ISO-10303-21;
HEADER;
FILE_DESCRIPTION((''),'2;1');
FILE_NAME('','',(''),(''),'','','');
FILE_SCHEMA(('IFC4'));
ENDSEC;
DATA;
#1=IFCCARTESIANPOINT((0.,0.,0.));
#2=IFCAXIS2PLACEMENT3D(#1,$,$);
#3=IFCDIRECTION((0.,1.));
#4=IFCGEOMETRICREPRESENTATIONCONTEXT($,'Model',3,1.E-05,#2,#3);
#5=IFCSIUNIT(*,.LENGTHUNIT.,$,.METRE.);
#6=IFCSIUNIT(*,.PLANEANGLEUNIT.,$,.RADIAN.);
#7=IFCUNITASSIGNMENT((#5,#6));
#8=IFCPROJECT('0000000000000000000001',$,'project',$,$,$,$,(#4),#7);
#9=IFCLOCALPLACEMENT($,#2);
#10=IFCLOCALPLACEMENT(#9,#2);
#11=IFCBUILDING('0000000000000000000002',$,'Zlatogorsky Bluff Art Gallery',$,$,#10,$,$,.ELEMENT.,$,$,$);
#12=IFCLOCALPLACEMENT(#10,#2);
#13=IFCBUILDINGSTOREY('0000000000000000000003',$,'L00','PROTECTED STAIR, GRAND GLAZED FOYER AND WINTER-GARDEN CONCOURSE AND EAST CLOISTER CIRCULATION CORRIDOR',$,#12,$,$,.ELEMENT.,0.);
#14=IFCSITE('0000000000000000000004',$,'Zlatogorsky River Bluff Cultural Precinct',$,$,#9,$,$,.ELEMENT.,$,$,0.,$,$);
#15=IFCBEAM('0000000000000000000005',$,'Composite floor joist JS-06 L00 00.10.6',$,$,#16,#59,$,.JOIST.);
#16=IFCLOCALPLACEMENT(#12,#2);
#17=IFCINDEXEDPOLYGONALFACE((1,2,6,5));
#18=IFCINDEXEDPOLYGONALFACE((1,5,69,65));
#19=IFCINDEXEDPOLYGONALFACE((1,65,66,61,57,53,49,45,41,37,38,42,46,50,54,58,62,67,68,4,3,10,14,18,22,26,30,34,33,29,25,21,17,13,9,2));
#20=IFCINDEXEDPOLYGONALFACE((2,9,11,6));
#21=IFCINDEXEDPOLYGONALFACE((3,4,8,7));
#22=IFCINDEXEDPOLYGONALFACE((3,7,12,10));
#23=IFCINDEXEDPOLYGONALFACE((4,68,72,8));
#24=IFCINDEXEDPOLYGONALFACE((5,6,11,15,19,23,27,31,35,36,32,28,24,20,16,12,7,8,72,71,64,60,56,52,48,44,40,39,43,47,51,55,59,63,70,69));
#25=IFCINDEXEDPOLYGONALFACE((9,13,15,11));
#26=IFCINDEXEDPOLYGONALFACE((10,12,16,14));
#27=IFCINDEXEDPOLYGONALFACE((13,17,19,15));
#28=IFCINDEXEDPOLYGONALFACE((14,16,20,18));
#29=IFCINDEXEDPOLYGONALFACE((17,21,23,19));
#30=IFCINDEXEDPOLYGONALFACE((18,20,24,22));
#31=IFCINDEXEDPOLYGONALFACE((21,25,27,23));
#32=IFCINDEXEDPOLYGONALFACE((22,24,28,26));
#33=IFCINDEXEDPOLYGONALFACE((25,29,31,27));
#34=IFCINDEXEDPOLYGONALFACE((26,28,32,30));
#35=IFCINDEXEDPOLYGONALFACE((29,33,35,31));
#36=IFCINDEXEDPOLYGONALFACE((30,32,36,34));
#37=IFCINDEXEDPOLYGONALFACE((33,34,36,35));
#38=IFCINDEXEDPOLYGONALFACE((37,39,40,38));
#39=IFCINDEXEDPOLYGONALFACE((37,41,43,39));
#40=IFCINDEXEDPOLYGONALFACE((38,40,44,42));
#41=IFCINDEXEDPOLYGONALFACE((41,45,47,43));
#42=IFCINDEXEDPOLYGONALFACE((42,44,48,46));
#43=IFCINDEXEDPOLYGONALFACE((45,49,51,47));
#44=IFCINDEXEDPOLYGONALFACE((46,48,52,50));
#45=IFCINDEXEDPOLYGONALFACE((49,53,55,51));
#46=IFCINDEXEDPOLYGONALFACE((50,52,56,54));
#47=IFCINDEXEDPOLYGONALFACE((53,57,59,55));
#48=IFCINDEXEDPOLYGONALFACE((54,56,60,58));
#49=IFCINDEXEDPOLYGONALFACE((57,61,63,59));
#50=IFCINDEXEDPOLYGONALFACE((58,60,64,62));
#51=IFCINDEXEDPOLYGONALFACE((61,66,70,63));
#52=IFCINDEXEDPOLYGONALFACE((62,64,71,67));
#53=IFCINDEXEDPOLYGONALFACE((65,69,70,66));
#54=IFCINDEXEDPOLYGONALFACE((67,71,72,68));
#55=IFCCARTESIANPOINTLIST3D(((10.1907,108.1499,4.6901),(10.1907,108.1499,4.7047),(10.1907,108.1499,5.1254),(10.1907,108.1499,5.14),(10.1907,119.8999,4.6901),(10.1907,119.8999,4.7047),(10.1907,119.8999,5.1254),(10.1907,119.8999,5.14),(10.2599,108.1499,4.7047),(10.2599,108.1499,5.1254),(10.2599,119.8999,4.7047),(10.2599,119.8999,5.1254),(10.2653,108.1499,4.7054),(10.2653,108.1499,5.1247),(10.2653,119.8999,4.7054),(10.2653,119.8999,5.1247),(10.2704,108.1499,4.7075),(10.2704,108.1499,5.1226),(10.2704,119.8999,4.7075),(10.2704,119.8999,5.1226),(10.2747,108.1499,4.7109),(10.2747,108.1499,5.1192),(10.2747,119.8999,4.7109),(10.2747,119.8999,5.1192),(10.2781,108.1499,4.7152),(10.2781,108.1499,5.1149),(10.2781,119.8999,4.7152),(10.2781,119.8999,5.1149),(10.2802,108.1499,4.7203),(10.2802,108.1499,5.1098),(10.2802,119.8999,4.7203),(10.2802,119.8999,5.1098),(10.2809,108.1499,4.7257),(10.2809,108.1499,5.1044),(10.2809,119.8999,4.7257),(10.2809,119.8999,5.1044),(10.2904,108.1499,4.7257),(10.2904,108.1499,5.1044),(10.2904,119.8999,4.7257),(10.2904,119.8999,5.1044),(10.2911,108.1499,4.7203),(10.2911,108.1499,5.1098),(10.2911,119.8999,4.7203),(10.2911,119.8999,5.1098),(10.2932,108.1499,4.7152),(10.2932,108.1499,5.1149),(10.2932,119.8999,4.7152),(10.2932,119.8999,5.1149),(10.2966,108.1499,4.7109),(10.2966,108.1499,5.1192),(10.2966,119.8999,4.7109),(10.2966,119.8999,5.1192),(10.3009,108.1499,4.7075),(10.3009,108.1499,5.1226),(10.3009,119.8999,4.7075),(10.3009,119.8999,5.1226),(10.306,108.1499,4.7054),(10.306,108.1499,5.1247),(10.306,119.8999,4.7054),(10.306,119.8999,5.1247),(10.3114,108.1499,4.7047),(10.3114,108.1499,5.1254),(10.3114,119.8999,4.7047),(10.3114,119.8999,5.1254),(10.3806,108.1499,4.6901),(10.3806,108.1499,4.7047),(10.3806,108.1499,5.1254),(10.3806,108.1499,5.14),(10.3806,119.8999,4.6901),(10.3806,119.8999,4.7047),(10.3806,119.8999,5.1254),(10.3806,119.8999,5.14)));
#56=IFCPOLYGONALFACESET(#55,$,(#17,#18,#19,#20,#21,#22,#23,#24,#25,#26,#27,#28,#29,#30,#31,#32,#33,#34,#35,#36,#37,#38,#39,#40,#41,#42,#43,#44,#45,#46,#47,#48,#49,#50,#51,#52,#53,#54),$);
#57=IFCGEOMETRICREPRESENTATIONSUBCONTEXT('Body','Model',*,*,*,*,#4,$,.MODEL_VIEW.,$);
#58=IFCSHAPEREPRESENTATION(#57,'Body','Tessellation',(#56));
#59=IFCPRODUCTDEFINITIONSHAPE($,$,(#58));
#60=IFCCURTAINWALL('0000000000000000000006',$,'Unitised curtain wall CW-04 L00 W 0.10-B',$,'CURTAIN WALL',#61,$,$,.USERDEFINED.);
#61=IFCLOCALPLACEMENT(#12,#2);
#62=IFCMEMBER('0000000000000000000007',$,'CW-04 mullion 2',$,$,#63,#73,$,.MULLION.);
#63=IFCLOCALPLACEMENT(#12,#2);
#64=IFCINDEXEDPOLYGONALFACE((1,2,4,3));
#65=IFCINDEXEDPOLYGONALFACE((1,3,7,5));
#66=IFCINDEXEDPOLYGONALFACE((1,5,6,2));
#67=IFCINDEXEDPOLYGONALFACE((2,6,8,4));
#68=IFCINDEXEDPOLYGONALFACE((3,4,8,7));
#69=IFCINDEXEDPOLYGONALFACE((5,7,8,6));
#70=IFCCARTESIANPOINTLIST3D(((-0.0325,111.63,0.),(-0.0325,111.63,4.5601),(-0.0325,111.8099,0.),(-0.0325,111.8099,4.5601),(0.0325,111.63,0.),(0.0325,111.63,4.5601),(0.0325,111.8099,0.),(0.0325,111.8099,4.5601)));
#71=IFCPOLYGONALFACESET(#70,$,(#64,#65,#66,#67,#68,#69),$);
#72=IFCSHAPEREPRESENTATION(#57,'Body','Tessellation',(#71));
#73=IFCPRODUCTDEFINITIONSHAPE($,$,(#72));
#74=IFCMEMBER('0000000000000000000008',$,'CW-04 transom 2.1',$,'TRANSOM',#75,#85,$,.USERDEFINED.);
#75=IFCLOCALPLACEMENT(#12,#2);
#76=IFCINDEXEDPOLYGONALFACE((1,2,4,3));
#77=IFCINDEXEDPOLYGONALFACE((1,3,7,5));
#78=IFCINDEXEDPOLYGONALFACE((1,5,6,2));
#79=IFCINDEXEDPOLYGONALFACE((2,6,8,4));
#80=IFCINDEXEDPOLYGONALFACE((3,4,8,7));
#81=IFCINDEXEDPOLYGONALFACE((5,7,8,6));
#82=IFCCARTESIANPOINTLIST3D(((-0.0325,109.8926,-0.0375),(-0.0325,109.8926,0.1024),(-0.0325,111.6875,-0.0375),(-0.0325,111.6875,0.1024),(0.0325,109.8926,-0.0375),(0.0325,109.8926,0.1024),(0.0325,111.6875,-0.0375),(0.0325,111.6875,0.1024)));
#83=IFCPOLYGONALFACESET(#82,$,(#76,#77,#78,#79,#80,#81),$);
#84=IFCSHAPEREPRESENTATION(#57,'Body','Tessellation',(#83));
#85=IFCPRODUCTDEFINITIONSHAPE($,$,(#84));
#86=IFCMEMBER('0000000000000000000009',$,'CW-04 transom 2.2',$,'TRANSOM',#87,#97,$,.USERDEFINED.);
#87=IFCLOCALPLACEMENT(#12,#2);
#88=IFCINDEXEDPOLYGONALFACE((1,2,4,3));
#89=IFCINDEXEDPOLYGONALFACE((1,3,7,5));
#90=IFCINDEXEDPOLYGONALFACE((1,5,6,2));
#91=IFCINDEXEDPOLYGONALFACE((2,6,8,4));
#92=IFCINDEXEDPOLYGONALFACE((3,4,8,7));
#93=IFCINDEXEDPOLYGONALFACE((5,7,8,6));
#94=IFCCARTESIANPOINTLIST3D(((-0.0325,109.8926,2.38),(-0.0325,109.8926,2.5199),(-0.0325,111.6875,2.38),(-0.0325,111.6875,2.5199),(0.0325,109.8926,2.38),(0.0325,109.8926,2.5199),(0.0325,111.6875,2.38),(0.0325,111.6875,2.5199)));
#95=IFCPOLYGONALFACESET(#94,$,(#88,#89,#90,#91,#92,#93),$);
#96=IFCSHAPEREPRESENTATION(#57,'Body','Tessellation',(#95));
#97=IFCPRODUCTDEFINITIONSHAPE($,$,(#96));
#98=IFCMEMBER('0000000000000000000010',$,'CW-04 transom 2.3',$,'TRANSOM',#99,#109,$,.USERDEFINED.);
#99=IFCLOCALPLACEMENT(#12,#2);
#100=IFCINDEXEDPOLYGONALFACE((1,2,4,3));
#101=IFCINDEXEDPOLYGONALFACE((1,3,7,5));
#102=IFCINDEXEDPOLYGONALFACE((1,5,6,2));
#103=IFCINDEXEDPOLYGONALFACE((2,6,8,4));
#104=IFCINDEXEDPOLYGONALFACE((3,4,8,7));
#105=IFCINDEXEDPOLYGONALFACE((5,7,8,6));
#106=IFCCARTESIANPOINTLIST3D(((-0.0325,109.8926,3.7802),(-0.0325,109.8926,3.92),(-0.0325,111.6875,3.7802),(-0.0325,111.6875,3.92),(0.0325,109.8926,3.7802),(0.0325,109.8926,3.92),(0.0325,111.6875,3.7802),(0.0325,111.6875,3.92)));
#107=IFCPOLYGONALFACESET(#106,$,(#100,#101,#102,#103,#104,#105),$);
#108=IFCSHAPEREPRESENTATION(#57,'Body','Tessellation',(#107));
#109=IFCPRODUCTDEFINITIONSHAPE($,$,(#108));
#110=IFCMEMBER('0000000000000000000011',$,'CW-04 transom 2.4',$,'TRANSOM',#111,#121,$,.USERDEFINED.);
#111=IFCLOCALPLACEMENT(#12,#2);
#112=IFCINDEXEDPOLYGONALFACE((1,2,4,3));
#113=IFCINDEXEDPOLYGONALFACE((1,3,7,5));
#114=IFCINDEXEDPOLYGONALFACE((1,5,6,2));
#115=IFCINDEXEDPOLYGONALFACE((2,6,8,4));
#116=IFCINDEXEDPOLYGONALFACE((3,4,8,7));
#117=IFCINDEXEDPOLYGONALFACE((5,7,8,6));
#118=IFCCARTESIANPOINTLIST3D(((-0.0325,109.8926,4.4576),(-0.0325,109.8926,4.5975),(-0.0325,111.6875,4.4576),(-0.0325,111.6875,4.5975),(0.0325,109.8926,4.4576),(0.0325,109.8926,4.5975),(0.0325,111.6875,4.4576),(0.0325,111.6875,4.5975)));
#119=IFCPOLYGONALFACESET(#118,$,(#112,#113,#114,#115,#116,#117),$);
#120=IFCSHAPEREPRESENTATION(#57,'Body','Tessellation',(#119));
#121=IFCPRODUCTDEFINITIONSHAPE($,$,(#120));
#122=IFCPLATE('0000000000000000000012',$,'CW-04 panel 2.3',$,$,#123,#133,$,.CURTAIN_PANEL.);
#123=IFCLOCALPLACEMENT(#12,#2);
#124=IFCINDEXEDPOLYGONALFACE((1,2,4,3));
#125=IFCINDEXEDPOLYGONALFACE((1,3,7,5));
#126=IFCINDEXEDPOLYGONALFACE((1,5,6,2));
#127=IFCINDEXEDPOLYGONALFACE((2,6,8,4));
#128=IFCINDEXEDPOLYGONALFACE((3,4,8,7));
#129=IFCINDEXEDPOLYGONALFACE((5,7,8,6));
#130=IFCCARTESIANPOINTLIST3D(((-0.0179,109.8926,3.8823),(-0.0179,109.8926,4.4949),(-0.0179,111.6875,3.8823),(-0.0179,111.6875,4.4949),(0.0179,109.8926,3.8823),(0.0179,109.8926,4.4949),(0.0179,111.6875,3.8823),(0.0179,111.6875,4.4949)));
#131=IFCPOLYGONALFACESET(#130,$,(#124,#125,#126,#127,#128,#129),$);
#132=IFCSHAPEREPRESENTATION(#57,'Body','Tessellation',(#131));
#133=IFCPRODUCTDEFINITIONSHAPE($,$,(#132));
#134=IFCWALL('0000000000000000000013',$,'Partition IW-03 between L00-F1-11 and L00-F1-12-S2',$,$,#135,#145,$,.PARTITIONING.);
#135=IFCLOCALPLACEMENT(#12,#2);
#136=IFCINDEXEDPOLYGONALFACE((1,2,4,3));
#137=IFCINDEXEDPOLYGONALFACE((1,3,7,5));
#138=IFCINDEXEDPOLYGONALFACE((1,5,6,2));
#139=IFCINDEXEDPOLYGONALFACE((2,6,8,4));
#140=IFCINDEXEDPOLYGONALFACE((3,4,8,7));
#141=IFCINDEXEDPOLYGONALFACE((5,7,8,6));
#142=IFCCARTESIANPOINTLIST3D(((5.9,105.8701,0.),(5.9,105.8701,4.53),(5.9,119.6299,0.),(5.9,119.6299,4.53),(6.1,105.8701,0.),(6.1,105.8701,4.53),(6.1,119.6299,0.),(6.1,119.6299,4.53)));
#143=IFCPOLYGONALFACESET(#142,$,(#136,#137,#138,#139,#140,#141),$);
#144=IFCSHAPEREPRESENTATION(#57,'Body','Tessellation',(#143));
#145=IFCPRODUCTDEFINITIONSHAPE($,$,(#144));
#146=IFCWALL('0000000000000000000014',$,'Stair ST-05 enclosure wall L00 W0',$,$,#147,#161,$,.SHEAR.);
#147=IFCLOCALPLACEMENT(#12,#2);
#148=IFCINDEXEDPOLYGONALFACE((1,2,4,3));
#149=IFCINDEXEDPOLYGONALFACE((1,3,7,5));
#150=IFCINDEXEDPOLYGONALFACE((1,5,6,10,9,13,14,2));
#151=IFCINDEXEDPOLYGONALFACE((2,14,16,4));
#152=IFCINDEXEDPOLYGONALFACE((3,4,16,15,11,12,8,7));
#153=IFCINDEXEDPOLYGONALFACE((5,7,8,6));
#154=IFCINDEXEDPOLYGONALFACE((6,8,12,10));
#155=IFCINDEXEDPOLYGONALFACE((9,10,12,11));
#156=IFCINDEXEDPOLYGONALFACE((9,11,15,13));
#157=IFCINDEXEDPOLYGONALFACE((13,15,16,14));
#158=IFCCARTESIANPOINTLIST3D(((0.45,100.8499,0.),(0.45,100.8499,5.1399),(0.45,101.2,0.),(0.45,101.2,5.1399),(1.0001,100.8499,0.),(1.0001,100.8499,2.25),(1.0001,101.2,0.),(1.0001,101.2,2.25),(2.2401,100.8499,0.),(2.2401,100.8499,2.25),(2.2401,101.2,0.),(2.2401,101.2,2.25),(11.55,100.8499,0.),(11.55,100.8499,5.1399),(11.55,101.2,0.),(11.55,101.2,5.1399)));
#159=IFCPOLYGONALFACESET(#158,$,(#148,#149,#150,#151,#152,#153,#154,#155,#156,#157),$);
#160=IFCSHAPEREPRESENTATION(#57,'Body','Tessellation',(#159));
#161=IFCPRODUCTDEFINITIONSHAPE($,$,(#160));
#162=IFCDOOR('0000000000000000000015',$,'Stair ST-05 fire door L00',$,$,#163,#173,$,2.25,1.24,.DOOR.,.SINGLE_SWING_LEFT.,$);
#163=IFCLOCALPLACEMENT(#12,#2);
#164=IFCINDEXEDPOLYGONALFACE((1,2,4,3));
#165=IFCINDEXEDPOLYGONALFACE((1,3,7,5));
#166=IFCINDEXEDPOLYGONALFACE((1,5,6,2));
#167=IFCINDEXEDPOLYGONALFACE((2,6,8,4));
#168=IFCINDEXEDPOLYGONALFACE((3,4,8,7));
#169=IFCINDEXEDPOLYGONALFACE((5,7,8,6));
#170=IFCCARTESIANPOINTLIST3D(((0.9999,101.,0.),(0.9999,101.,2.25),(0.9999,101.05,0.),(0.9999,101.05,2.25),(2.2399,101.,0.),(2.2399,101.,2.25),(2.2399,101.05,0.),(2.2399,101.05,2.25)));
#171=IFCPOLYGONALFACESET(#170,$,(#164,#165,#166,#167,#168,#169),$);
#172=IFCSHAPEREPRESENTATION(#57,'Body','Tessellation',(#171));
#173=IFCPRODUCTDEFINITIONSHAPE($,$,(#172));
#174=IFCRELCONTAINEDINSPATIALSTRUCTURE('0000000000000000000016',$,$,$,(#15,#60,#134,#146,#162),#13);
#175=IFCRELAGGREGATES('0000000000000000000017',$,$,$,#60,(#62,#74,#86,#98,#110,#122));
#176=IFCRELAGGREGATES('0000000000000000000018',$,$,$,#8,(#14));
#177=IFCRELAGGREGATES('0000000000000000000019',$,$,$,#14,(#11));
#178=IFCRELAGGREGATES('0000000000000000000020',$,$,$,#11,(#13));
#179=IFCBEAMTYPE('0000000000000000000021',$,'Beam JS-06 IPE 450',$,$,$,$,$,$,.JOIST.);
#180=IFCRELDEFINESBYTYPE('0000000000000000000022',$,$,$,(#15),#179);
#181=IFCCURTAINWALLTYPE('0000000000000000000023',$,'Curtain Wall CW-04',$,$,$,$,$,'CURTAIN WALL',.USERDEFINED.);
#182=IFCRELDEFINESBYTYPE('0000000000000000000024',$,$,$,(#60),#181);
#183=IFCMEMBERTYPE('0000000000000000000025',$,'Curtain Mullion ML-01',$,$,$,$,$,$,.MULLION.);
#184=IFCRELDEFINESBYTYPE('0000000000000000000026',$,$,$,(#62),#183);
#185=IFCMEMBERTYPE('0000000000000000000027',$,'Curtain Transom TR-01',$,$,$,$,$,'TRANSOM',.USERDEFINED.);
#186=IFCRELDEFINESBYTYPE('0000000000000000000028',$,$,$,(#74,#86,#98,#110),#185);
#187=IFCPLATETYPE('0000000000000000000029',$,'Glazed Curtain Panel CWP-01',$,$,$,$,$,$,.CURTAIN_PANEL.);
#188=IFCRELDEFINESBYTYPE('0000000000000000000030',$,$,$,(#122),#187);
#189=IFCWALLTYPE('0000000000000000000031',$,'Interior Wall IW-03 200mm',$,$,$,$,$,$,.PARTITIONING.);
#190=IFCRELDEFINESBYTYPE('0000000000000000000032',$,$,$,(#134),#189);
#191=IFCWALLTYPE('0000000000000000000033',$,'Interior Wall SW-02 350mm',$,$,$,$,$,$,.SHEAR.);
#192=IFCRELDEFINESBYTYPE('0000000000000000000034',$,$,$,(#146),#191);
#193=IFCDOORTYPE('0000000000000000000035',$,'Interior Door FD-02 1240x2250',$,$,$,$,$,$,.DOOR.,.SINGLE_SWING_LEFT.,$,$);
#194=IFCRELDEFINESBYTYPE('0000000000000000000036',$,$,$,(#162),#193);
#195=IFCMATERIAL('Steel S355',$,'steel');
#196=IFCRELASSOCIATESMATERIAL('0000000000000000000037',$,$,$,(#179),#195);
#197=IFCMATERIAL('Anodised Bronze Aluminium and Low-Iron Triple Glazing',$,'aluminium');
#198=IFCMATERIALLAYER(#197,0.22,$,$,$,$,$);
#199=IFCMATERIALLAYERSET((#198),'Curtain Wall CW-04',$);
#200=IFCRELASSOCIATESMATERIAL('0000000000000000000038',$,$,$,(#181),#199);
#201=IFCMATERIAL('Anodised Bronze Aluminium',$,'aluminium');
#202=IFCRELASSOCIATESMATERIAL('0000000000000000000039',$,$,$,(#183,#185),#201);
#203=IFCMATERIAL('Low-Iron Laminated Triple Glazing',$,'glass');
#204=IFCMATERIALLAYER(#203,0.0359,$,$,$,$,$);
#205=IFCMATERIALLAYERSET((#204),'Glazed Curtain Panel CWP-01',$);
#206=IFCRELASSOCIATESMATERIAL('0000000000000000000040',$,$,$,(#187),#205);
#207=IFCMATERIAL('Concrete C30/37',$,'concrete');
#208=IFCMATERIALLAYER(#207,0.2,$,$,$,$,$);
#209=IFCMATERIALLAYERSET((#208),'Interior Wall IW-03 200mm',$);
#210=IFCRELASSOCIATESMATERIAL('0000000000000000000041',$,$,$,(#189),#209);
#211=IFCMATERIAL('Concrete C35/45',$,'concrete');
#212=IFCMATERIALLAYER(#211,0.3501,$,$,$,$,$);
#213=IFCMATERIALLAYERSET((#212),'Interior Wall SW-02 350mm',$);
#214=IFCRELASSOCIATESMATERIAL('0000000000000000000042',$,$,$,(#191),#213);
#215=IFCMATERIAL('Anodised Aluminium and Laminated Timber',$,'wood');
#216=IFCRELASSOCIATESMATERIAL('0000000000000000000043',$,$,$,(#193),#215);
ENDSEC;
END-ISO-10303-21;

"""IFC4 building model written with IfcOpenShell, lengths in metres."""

from ifc_helpers import new_model, si_unit, direction, frame, frame_2d, origin, origin_2d, place, context, subcontext, project, spatial, rectangle, i_section, extrude, material, layer, layer_set, material_profile, profile_set, type_object, element, fill, aggregate, save


model = new_model("IFC4")

# Units and contexts
model_context = context("Model", 3, precision=1e-05, world=origin(), true_north=direction((0.0, 1.0)))
body_context = subcontext(model_context, "Body", "Model", "MODEL_VIEW")
ifc_project = project(units=[si_unit("LENGTHUNIT", "METRE"), si_unit("PLANEANGLEUNIT", "RADIAN")], contexts=[model_context])

# Site, building, storey
site_placement = place(None, origin())
site = spatial("IfcSite", under=ifc_project, at=site_placement, Name="Zlatogorsky River Bluff Cultural Precinct", CompositionType="ELEMENT", RefElevation=0.0)
building_placement = place(site_placement, origin())
building = spatial("IfcBuilding", under=site, at=building_placement, Name="Zlatogorsky Bluff Art Gallery", CompositionType="ELEMENT")
storey_placement = place(building_placement, origin())
storey = spatial("IfcBuildingStorey", under=building, at=storey_placement, Name="L00", Description="PROTECTED STAIR, GRAND GLAZED FOYER AND WINTER-GARDEN CONCOURSE AND EAST CLOISTER CIRCULATION CORRIDOR", CompositionType="ELEMENT", Elevation=0.0)

# Beam
ifc_material_1 = material(Name="Steel S355", Category="steel")
ifc_material_profile_1 = material_profile(ifc_material_1, i_section(OverallWidth=0.1899, OverallDepth=0.45, WebThickness=0.0095, FlangeThickness=0.0146, FilletRadius=0.021, at=origin_2d()), Name="IPE 450")
ifc_profile_set_1 = profile_set([ifc_material_profile_1], Name="Steel S355")
beam_type_1 = type_object("IfcBeamType", Name="Beam JS-06 IPE 450", PredefinedType="JOIST", material=ifc_profile_set_1)
for number, where, z_axis, x_axis, name in (
    (1, (10.2856, 108.1499, 4.915), (0.0, 1.0, 0.0), (-1.0, 0.0, 0.0), "Composite floor joist JS-06 L00 00.10.6"),
):
    element("IfcBeam", number, at=place(storey_placement, frame(where, z_axis=z_axis, x_axis=x_axis)), inside=storey, type_object=beam_type_1, Name=name, PredefinedType="JOIST", context=body_context, shape_type="SweptSolid", body=[
        extrude(i_section(OverallWidth=0.1899, OverallDepth=0.45, WebThickness=0.0095, FlangeThickness=0.0146, FilletRadius=0.021, at=origin_2d()), origin(), (0.0, 0.0, 1.0), 11.75),
    ])

# Curtain wall, members, plate
ifc_material_2 = material(Name="Anodised Bronze Aluminium and Low-Iron Triple Glazing", Category="aluminium")
ifc_layer_1 = layer(ifc_material_2, 0.22)
ifc_layer_set_1 = layer_set([ifc_layer_1], Name="Curtain Wall CW-04")
curtain_wall_type = type_object("IfcCurtainWallType", Name="Curtain Wall CW-04", ElementType="CURTAIN WALL", PredefinedType="USERDEFINED", material=ifc_layer_set_1)
curtain_wall_placement = place(storey_placement, origin())
curtain_wall = element("IfcCurtainWall", 2, at=curtain_wall_placement, inside=storey, type_object=curtain_wall_type, Name="Unitised curtain wall CW-04 L00 W 0.10-B", ObjectType="CURTAIN WALL", PredefinedType="USERDEFINED")
ifc_material_3 = material(Name="Anodised Bronze Aluminium", Category="aluminium")
ifc_material_profile_2 = material_profile(ifc_material_3, rectangle(XDim=0.0649, YDim=0.1799, at=origin_2d()), Name="ALU MULLION 65x180")
ifc_profile_set_2 = profile_set([ifc_material_profile_2], Name="Anodised Bronze Aluminium")
member_type_1 = type_object("IfcMemberType", Name="Curtain Mullion ML-01", PredefinedType="MULLION", material=ifc_profile_set_2)
member_1_placement = place(storey_placement, frame((0.0, 111.72, 0.0), z_axis=(0.0, 0.0, 1.0), x_axis=(1.0, 0.0, 0.0)))
member_1 = element("IfcMember", 3, at=member_1_placement, type_object=member_type_1, Name="CW-04 mullion 2", PredefinedType="MULLION", context=body_context, shape_type="SweptSolid", body=[
    extrude(rectangle(XDim=0.0649, YDim=0.1799, at=origin_2d()), origin(), (0.0, 0.0, 1.0), 4.5601),
])
ifc_material_profile_3 = material_profile(ifc_material_3, rectangle(XDim=0.0649, YDim=0.1399, at=origin_2d()), Name="ALU TRANSOM 65x140")
ifc_profile_set_3 = profile_set([ifc_material_profile_3], Name="Anodised Bronze Aluminium")
member_type_2 = type_object("IfcMemberType", Name="Curtain Transom TR-01", ElementType="TRANSOM", PredefinedType="USERDEFINED", material=ifc_profile_set_3)
member_2_placement = place(storey_placement, frame((0.0, 111.6875, 0.0325), z_axis=(0.0, -1.0, 0.0), x_axis=(1.0, 0.0, 0.0)))
member_2 = element("IfcMember", 4, at=member_2_placement, type_object=member_type_2, Name="CW-04 transom 2.1", ObjectType="TRANSOM", PredefinedType="USERDEFINED", context=body_context, shape_type="SweptSolid", body=[
    extrude(rectangle(XDim=0.0649, YDim=0.1399, at=origin_2d()), origin(), (0.0, 0.0, 1.0), 1.7949),
])
member_3_placement = place(storey_placement, frame((0.0, 111.6875, 2.45), z_axis=(0.0, -1.0, 0.0), x_axis=(1.0, 0.0, 0.0)))
member_3 = element("IfcMember", 5, at=member_3_placement, type_object=member_type_2, Name="CW-04 transom 2.2", ObjectType="TRANSOM", PredefinedType="USERDEFINED", context=body_context, shape_type="SweptSolid", body=[
    extrude(rectangle(XDim=0.0649, YDim=0.1399, at=origin_2d()), origin(), (0.0, 0.0, 1.0), 1.7949),
])
member_4_placement = place(storey_placement, frame((0.0, 111.6875, 3.8501), z_axis=(0.0, -1.0, 0.0), x_axis=(1.0, 0.0, 0.0)))
member_4 = element("IfcMember", 6, at=member_4_placement, type_object=member_type_2, Name="CW-04 transom 2.3", ObjectType="TRANSOM", PredefinedType="USERDEFINED", context=body_context, shape_type="SweptSolid", body=[
    extrude(rectangle(XDim=0.0649, YDim=0.1399, at=origin_2d()), origin(), (0.0, 0.0, 1.0), 1.7949),
])
member_5_placement = place(storey_placement, frame((0.0, 111.6875, 4.5276), z_axis=(0.0, -1.0, 0.0), x_axis=(1.0, 0.0, 0.0)))
member_5 = element("IfcMember", 7, at=member_5_placement, type_object=member_type_2, Name="CW-04 transom 2.4", ObjectType="TRANSOM", PredefinedType="USERDEFINED", context=body_context, shape_type="SweptSolid", body=[
    extrude(rectangle(XDim=0.0649, YDim=0.1399, at=origin_2d()), origin(), (0.0, 0.0, 1.0), 1.7949),
])
ifc_material_4 = material(Name="Low-Iron Laminated Triple Glazing", Category="glass")
ifc_layer_2 = layer(ifc_material_4, 0.0359)
ifc_layer_set_2 = layer_set([ifc_layer_2], Name="Glazed Curtain Panel CWP-01")
plate_type = type_object("IfcPlateType", Name="Glazed Curtain Panel CWP-01", PredefinedType="CURTAIN_PANEL", material=ifc_layer_set_2)
plate_placement = place(storey_placement, frame((0.0, 110.79, 3.8823), z_axis=(0.0, 0.0, 1.0), x_axis=(0.0, -1.0, 0.0)))
plate = element("IfcPlate", 8, at=plate_placement, type_object=plate_type, Name="CW-04 panel 2.3", PredefinedType="CURTAIN_PANEL", context=body_context, shape_type="SweptSolid", body=[
    extrude(rectangle(XDim=1.7949, YDim=0.0359, at=origin_2d()), origin(), (0.0, 0.0, 1.0), 0.6125),
])
aggregate(curtain_wall, [member_1, member_2, member_3, member_4, member_5, plate])

# Wall
ifc_material_5 = material(Name="Concrete C30/37", Category="concrete")
ifc_layer_3 = layer(ifc_material_5, 0.2)
ifc_layer_set_3 = layer_set([ifc_layer_3], Name="Interior Wall IW-03 200mm")
wall_type_1 = type_object("IfcWallType", Name="Interior Wall IW-03 200mm", PredefinedType="PARTITIONING", material=ifc_layer_set_3)
wall_1_placement = place(storey_placement, frame((6.0, 105.8701, 0.0), z_axis=(0.0, 0.0, 1.0), x_axis=(0.0, 1.0, 0.0)))
element("IfcWall", 9, at=wall_1_placement, inside=storey, type_object=wall_type_1, Name="Partition IW-03 between L00-F1-11 and L00-F1-12-S2", PredefinedType="PARTITIONING", context=body_context, shape_type="SweptSolid", body=[
    extrude(rectangle(XDim=13.7598, YDim=0.2, at=frame_2d((6.8799, 0.0))), origin(), (0.0, 0.0, 1.0), 4.53),
])

# Wall, opening, door
ifc_material_6 = material(Name="Concrete C35/45", Category="concrete")
ifc_layer_4 = layer(ifc_material_6, 0.3501)
ifc_layer_set_4 = layer_set([ifc_layer_4], Name="Interior Wall SW-02 350mm")
wall_type_2 = type_object("IfcWallType", Name="Interior Wall SW-02 350mm", PredefinedType="SHEAR", material=ifc_layer_set_4)
wall_2_placement = place(storey_placement, frame((0.45, 101.0249, 0.0), z_axis=(0.0, 0.0, 1.0), x_axis=(1.0, 0.0, 0.0)))
wall_2 = element("IfcWall", 10, at=wall_2_placement, inside=storey, type_object=wall_type_2, Name="Stair ST-05 enclosure wall L00 W0", PredefinedType="SHEAR", context=body_context, shape_type="SweptSolid", body=[
    extrude(rectangle(XDim=11.1001, YDim=0.3501, at=frame_2d((5.55, 0.0))), origin(), (0.0, 0.0, 1.0), 5.1399),
])
opening_placement = place(wall_2_placement, frame((0.55, 0.0, 0.0)))
opening = element("IfcOpeningElement", 11, at=opening_placement, cuts=wall_2, PredefinedType="OPENING", context=body_context, shape_type="SweptSolid", body=[
    extrude(rectangle(XDim=1.24, YDim=2.25, at=frame_2d((0.6201, 1.125))), frame((0.0, 0.1851, 0.0), z_axis=(0.0, -1.0, 0.0), x_axis=(1.0, 0.0, 0.0)), (0.0, 0.0, 1.0), 0.3701),
])
ifc_material_7 = material(Name="Anodised Aluminium and Laminated Timber", Category="wood")
door_type = type_object("IfcDoorType", Name="Interior Door FD-02 1240x2250", OperationType="SINGLE_SWING_LEFT", PredefinedType="DOOR", material=ifc_material_7)
door_placement = place(opening_placement, frame((1.24, 0.0, 0.0), z_axis=(0.0, 0.0, 1.0), x_axis=(-1.0, 0.0, 0.0)))
door = element("IfcDoor", 12, at=door_placement, inside=storey, type_object=door_type, Name="Stair ST-05 fire door L00", OperationType="SINGLE_SWING_LEFT", OverallHeight=2.25, OverallWidth=1.24, PredefinedType="DOOR", context=body_context, shape_type="SweptSolid", body=[
    extrude(rectangle(XDim=1.24, YDim=2.25, at=frame_2d((0.6201, 1.125))), frame((0.0, 0.0249, 0.0), z_axis=(0.0, -1.0, 0.0), x_axis=(1.0, 0.0, 0.0)), (0.0, 0.0, 1.0), 0.05),
])
fill(opening, door)

save(model, "model.ifc")
